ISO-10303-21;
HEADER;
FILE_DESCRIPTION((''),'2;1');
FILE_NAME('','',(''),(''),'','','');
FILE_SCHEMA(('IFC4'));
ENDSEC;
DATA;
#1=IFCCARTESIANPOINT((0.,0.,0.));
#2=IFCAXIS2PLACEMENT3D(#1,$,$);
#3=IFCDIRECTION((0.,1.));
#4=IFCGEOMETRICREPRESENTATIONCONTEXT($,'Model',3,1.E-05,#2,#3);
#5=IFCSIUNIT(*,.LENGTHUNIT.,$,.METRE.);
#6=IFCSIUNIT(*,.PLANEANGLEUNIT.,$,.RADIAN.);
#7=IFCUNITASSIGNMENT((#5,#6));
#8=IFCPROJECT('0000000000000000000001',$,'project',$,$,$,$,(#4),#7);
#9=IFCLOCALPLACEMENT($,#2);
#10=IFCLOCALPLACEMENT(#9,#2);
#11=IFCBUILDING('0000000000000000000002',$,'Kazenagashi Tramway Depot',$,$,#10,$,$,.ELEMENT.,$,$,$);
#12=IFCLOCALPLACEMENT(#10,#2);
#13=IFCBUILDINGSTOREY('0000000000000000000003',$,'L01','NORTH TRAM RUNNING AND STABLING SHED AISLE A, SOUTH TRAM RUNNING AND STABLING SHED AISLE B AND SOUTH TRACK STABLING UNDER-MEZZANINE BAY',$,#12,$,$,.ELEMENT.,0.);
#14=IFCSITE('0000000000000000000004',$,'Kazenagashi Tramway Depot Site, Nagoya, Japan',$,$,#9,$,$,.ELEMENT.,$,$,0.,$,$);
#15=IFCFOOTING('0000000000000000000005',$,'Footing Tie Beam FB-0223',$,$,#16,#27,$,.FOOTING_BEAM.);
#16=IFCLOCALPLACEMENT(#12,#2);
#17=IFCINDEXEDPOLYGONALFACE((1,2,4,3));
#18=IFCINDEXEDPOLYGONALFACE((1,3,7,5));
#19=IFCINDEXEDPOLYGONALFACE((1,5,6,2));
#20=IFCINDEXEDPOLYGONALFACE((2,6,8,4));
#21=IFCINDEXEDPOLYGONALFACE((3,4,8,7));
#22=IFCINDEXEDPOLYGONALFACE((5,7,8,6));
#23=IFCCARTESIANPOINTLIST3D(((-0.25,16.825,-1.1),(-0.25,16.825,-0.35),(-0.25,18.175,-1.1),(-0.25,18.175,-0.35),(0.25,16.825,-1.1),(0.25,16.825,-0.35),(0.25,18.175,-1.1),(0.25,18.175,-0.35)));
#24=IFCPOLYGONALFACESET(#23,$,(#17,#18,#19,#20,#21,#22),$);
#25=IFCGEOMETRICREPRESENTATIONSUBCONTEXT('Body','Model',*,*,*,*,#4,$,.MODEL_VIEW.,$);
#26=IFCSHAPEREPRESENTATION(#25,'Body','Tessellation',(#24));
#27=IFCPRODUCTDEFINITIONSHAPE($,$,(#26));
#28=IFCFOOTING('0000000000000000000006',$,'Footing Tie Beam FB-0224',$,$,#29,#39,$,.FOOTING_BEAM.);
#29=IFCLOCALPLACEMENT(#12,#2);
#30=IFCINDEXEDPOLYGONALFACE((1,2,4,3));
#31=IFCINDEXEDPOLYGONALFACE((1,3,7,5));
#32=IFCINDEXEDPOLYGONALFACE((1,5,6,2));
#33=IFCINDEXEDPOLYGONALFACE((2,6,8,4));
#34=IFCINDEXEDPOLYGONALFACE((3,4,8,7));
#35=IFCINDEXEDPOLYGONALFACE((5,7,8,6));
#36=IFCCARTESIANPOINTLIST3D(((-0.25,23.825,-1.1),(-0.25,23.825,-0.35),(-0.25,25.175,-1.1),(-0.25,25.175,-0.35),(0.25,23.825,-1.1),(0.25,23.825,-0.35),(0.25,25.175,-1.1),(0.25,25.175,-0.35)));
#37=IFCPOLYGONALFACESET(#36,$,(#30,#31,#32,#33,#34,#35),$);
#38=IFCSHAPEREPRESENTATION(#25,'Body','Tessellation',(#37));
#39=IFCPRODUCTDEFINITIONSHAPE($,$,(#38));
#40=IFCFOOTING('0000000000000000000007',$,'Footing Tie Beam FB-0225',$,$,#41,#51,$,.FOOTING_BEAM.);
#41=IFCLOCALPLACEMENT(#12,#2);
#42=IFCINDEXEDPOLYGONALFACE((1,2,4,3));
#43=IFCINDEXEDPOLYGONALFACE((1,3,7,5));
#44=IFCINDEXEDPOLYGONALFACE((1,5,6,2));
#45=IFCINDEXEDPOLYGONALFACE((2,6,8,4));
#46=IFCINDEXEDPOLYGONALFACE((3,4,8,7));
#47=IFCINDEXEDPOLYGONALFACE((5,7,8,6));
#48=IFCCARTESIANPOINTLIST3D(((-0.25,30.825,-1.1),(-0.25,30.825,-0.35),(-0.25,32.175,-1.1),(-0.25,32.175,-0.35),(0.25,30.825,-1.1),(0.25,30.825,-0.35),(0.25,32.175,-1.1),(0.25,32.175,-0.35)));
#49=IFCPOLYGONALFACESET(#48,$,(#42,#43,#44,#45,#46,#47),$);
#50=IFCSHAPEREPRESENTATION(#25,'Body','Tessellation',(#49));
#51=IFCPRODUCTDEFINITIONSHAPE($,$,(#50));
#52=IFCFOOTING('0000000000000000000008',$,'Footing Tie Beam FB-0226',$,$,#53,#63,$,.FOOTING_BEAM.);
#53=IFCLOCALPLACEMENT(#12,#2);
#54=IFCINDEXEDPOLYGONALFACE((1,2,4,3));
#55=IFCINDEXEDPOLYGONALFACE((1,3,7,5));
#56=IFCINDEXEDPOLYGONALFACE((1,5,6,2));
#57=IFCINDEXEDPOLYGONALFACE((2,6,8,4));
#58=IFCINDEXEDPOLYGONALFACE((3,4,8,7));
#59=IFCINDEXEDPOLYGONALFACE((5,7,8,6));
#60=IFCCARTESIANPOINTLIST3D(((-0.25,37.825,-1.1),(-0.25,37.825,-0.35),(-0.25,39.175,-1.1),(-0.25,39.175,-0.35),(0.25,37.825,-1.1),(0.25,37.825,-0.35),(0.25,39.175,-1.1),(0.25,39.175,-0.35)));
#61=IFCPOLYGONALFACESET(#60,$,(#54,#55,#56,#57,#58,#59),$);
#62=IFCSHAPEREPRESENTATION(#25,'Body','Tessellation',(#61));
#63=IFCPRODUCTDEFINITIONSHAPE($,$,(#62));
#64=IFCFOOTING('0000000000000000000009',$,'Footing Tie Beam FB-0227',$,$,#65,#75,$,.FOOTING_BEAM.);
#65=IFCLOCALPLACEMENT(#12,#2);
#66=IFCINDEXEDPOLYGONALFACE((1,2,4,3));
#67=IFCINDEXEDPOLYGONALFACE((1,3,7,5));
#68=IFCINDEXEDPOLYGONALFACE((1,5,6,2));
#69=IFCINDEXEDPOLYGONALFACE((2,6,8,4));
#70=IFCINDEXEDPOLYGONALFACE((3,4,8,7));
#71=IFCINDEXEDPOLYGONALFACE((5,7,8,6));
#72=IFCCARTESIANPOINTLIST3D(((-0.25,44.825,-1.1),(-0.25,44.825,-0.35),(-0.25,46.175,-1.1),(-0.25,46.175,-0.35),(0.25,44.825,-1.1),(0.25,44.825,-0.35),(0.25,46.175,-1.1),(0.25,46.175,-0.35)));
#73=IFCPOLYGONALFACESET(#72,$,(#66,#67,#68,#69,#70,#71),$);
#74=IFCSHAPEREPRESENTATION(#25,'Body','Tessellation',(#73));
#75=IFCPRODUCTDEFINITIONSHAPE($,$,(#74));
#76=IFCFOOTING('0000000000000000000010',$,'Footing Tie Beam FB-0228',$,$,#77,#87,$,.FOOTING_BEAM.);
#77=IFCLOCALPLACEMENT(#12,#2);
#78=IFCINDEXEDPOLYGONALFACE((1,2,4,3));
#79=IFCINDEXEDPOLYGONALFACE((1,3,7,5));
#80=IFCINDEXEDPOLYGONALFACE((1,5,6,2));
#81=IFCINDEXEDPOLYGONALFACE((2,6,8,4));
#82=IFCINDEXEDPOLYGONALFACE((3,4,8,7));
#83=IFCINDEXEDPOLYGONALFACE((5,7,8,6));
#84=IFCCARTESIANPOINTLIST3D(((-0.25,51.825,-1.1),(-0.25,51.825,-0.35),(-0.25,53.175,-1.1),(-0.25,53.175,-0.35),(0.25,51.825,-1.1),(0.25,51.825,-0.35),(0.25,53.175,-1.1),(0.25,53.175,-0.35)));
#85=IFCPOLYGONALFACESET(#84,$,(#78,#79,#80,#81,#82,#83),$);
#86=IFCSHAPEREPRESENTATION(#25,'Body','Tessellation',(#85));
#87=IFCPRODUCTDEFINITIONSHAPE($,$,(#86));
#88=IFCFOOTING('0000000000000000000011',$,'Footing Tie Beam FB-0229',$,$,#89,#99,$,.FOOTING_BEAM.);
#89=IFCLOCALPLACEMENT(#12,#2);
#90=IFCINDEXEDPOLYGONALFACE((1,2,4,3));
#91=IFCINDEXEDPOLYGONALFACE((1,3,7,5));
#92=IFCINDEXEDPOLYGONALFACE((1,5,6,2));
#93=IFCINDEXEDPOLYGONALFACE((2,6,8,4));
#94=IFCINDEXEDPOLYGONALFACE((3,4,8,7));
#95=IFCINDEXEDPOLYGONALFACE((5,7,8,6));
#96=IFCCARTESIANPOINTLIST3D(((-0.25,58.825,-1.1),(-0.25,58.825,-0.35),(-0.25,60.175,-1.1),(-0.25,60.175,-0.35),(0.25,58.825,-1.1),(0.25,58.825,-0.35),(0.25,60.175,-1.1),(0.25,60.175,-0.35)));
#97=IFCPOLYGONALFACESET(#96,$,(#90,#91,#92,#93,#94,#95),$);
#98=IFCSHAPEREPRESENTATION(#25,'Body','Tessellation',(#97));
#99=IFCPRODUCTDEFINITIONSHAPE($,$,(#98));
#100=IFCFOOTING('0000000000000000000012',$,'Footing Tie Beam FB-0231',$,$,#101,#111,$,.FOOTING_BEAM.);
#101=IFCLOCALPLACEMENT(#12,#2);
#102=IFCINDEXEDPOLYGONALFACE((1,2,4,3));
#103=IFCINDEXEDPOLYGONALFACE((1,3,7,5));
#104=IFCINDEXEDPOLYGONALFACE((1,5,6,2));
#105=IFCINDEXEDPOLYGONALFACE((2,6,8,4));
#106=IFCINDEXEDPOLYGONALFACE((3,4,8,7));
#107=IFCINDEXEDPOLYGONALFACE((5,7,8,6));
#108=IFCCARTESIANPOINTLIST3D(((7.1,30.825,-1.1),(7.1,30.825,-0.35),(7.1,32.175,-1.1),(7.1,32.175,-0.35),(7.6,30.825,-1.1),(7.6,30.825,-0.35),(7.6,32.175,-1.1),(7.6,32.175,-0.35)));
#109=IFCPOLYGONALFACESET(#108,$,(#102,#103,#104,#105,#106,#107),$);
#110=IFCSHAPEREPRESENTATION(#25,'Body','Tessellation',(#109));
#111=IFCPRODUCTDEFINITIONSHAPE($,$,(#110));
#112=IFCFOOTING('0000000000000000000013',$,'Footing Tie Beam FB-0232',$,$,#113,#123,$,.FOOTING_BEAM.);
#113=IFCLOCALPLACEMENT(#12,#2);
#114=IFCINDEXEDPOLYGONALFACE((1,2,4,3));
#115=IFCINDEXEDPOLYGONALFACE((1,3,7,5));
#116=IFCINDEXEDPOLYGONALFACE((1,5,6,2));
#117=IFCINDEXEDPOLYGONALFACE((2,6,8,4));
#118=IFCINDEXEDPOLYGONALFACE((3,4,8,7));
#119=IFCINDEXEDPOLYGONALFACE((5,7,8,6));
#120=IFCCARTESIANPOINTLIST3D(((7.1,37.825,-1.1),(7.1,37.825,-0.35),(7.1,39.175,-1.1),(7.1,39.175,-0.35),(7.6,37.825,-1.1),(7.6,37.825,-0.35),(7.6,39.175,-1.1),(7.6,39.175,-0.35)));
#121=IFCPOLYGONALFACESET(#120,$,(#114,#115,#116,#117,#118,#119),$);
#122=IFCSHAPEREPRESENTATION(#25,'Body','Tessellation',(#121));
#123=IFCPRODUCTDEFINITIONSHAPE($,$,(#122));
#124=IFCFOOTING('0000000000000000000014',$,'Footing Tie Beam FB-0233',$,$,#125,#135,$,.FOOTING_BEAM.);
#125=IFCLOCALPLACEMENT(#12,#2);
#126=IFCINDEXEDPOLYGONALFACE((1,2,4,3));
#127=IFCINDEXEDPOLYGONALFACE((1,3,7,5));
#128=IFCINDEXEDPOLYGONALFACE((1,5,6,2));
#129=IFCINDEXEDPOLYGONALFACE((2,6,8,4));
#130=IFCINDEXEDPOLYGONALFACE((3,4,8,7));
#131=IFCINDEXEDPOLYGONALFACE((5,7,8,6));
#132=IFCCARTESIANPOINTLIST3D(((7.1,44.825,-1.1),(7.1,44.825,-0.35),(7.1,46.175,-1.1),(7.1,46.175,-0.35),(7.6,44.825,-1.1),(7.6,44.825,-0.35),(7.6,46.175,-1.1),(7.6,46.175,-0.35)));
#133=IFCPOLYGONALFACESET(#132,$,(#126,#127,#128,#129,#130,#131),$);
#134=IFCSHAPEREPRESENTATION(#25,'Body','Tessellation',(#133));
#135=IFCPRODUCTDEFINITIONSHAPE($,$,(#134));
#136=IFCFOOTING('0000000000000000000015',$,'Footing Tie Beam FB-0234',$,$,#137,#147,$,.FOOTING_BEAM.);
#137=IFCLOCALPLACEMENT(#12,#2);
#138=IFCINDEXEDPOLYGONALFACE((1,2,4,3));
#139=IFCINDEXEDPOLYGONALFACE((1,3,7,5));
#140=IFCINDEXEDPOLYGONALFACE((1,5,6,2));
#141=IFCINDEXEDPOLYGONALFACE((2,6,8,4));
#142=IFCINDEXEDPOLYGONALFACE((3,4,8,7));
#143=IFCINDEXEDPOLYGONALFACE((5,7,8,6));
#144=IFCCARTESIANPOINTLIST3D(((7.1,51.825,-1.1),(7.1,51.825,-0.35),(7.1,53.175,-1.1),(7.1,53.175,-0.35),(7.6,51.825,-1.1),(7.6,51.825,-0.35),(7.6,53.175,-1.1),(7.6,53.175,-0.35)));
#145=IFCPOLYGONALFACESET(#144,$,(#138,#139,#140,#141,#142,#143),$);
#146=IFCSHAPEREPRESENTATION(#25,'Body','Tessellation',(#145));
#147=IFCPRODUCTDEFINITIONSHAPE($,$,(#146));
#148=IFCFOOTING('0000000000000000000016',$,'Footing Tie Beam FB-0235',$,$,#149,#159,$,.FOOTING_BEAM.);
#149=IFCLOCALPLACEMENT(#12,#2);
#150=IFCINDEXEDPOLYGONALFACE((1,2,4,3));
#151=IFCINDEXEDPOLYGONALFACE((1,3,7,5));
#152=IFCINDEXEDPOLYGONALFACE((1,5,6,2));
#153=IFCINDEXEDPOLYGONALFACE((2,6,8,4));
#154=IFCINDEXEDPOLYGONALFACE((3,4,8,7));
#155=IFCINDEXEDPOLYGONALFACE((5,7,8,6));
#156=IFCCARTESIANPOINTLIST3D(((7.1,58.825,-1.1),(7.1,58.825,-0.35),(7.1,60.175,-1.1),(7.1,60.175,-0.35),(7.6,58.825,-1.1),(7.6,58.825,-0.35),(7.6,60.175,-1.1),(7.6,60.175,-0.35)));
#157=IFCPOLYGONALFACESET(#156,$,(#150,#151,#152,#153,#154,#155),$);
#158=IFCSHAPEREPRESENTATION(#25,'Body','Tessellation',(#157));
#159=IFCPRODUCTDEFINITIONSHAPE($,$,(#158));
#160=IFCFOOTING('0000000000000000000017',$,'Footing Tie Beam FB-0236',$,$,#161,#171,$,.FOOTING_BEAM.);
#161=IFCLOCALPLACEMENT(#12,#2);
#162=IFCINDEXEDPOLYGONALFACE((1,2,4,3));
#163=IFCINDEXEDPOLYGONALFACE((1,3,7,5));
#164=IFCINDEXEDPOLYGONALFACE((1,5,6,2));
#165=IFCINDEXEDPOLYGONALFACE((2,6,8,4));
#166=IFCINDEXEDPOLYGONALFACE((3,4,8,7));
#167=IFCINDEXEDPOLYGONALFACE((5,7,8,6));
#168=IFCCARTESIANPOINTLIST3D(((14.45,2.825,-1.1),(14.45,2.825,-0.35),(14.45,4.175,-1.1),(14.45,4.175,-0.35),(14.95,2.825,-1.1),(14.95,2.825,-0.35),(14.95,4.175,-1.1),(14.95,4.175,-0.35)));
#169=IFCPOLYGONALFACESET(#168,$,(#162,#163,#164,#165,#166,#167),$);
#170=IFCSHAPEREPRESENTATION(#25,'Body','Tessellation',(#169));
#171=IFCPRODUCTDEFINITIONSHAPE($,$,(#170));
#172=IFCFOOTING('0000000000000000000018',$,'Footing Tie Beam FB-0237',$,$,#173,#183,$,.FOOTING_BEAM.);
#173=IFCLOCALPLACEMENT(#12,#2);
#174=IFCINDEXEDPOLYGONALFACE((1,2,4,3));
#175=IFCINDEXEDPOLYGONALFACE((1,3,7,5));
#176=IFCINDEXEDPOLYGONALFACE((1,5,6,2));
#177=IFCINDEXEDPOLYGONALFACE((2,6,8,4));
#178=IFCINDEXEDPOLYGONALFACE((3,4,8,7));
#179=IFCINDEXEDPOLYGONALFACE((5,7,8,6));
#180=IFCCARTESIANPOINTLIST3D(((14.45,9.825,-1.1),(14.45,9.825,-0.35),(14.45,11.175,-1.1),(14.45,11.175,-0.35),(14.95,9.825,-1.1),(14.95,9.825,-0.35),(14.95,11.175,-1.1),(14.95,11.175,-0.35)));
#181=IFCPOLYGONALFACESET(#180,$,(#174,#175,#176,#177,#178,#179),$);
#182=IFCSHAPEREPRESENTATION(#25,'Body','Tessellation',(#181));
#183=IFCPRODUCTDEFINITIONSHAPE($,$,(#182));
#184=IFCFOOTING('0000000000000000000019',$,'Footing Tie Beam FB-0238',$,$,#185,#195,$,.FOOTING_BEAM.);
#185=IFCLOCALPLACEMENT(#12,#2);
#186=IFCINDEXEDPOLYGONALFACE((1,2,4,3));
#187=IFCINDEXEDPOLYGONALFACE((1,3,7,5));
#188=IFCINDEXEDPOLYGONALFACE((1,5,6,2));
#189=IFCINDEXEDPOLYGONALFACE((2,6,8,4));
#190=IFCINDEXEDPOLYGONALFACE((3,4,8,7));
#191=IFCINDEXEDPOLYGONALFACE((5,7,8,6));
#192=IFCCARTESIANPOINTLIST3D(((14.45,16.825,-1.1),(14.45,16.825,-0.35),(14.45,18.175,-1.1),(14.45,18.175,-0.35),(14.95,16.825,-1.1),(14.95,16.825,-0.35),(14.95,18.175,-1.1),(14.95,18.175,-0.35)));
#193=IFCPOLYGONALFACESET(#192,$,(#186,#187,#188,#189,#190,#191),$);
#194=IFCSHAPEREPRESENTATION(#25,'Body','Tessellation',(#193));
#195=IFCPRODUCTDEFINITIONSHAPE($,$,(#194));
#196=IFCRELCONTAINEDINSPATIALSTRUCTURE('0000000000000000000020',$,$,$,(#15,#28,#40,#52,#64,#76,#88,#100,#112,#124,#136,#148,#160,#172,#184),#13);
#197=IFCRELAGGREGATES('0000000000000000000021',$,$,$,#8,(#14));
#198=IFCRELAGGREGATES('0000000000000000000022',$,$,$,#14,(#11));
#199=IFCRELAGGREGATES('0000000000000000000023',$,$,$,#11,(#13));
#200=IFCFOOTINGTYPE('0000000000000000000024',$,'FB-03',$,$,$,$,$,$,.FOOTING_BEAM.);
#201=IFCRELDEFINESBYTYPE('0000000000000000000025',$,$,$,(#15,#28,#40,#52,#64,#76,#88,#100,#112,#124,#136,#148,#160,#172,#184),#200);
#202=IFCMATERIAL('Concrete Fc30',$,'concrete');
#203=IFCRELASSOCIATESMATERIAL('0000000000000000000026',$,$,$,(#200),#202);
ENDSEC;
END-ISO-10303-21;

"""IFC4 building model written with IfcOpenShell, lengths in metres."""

from ifc_helpers import new_model, si_unit, direction, frame, origin, place, context, subcontext, project, spatial, polyline, outline, extrude, material, type_object, element, save


model = new_model("IFC4")

# Units and contexts
model_context = context("Model", 3, precision=1e-05, world=origin(), true_north=direction((0.0, 1.0)))
body_context = subcontext(model_context, "Body", "Model", "MODEL_VIEW")
ifc_project = project(units=[si_unit("LENGTHUNIT", "METRE"), si_unit("PLANEANGLEUNIT", "RADIAN")], contexts=[model_context])

# Site, building, storey
site_placement = place(None, origin())
site = spatial("IfcSite", under=ifc_project, at=site_placement, Name="Kazenagashi Tramway Depot Site, Nagoya, Japan", CompositionType="ELEMENT", RefElevation=0.0)
building_placement = place(site_placement, origin())
building = spatial("IfcBuilding", under=site, at=building_placement, Name="Kazenagashi Tramway Depot", CompositionType="ELEMENT")
storey_placement = place(building_placement, origin())
storey = spatial("IfcBuildingStorey", under=building, at=storey_placement, Name="L01", Description="NORTH TRAM RUNNING AND STABLING SHED AISLE A, SOUTH TRAM RUNNING AND STABLING SHED AISLE B AND SOUTH TRACK STABLING UNDER-MEZZANINE BAY", CompositionType="ELEMENT", Elevation=0.0)

# Footings
ifc_material = material(Name="Concrete Fc30", Category="concrete")
footing_type_1 = type_object("IfcFootingType", Name="FB-03", PredefinedType="FOOTING_BEAM", material=ifc_material)
footing_1_placement = place(storey_placement, frame((0.0, 0.0, -1.1)))
element("IfcFooting", 1, at=footing_1_placement, inside=storey, type_object=footing_type_1, Name="Footing Tie Beam FB-0223", PredefinedType="FOOTING_BEAM", context=body_context, shape_type="SweptSolid", body=[
    extrude(outline(polyline([(-0.25, 16.825), (0.25, 16.825), (0.25, 18.175), (-0.25, 18.175), (-0.25, 16.825)])), origin(), (0.0, 0.0, 1.0), 0.75),
])
footing_2_placement = place(storey_placement, frame((0.0, 0.0, -1.1)))
element("IfcFooting", 2, at=footing_2_placement, inside=storey, type_object=footing_type_1, Name="Footing Tie Beam FB-0224", PredefinedType="FOOTING_BEAM", context=body_context, shape_type="SweptSolid", body=[
    extrude(outline(polyline([(-0.25, 23.825), (0.25, 23.825), (0.25, 25.175), (-0.25, 25.175), (-0.25, 23.825)])), origin(), (0.0, 0.0, 1.0), 0.75),
])
footing_3_placement = place(storey_placement, frame((0.0, 0.0, -1.1)))
element("IfcFooting", 3, at=footing_3_placement, inside=storey, type_object=footing_type_1, Name="Footing Tie Beam FB-0225", PredefinedType="FOOTING_BEAM", context=body_context, shape_type="SweptSolid", body=[
    extrude(outline(polyline([(-0.25, 30.825), (0.25, 30.825), (0.25, 32.175), (-0.25, 32.175), (-0.25, 30.825)])), origin(), (0.0, 0.0, 1.0), 0.75),
])
footing_4_placement = place(storey_placement, frame((0.0, 0.0, -1.1)))
element("IfcFooting", 4, at=footing_4_placement, inside=storey, type_object=footing_type_1, Name="Footing Tie Beam FB-0226", PredefinedType="FOOTING_BEAM", context=body_context, shape_type="SweptSolid", body=[
    extrude(outline(polyline([(-0.25, 37.825), (0.25, 37.825), (0.25, 39.175), (-0.25, 39.175), (-0.25, 37.825)])), origin(), (0.0, 0.0, 1.0), 0.75),
])
footing_5_placement = place(storey_placement, frame((0.0, 0.0, -1.1)))
element("IfcFooting", 5, at=footing_5_placement, inside=storey, type_object=footing_type_1, Name="Footing Tie Beam FB-0227", PredefinedType="FOOTING_BEAM", context=body_context, shape_type="SweptSolid", body=[
    extrude(outline(polyline([(-0.25, 44.825), (0.25, 44.825), (0.25, 46.175), (-0.25, 46.175), (-0.25, 44.825)])), origin(), (0.0, 0.0, 1.0), 0.75),
])
footing_6_placement = place(storey_placement, frame((0.0, 0.0, -1.1)))
element("IfcFooting", 6, at=footing_6_placement, inside=storey, type_object=footing_type_1, Name="Footing Tie Beam FB-0228", PredefinedType="FOOTING_BEAM", context=body_context, shape_type="SweptSolid", body=[
    extrude(outline(polyline([(-0.25, 51.825), (0.25, 51.825), (0.25, 53.175), (-0.25, 53.175), (-0.25, 51.825)])), origin(), (0.0, 0.0, 1.0), 0.75),
])
footing_7_placement = place(storey_placement, frame((0.0, 0.0, -1.1)))
element("IfcFooting", 7, at=footing_7_placement, inside=storey, type_object=footing_type_1, Name="Footing Tie Beam FB-0229", PredefinedType="FOOTING_BEAM", context=body_context, shape_type="SweptSolid", body=[
    extrude(outline(polyline([(-0.25, 58.825), (0.25, 58.825), (0.25, 60.175), (-0.25, 60.175), (-0.25, 58.825)])), origin(), (0.0, 0.0, 1.0), 0.75),
])
footing_8_placement = place(storey_placement, frame((0.0, 0.0, -1.1)))
element("IfcFooting", 8, at=footing_8_placement, inside=storey, type_object=footing_type_1, Name="Footing Tie Beam FB-0231", PredefinedType="FOOTING_BEAM", context=body_context, shape_type="SweptSolid", body=[
    extrude(outline(polyline([(7.1, 30.825), (7.6, 30.825), (7.6, 32.175), (7.1, 32.175), (7.1, 30.825)])), origin(), (0.0, 0.0, 1.0), 0.75),
])
footing_9_placement = place(storey_placement, frame((0.0, 0.0, -1.1)))
element("IfcFooting", 9, at=footing_9_placement, inside=storey, type_object=footing_type_1, Name="Footing Tie Beam FB-0232", PredefinedType="FOOTING_BEAM", context=body_context, shape_type="SweptSolid", body=[
    extrude(outline(polyline([(7.1, 37.825), (7.6, 37.825), (7.6, 39.175), (7.1, 39.175), (7.1, 37.825)])), origin(), (0.0, 0.0, 1.0), 0.75),
])
footing_10_placement = place(storey_placement, frame((0.0, 0.0, -1.1)))
element("IfcFooting", 10, at=footing_10_placement, inside=storey, type_object=footing_type_1, Name="Footing Tie Beam FB-0233", PredefinedType="FOOTING_BEAM", context=body_context, shape_type="SweptSolid", body=[
    extrude(outline(polyline([(7.1, 44.825), (7.6, 44.825), (7.6, 46.175), (7.1, 46.175), (7.1, 44.825)])), origin(), (0.0, 0.0, 1.0), 0.75),
])
footing_11_placement = place(storey_placement, frame((0.0, 0.0, -1.1)))
element("IfcFooting", 11, at=footing_11_placement, inside=storey, type_object=footing_type_1, Name="Footing Tie Beam FB-0234", PredefinedType="FOOTING_BEAM", context=body_context, shape_type="SweptSolid", body=[
    extrude(outline(polyline([(7.1, 51.825), (7.6, 51.825), (7.6, 53.175), (7.1, 53.175), (7.1, 51.825)])), origin(), (0.0, 0.0, 1.0), 0.75),
])
footing_12_placement = place(storey_placement, frame((0.0, 0.0, -1.1)))
element("IfcFooting", 12, at=footing_12_placement, inside=storey, type_object=footing_type_1, Name="Footing Tie Beam FB-0235", PredefinedType="FOOTING_BEAM", context=body_context, shape_type="SweptSolid", body=[
    extrude(outline(polyline([(7.1, 58.825), (7.6, 58.825), (7.6, 60.175), (7.1, 60.175), (7.1, 58.825)])), origin(), (0.0, 0.0, 1.0), 0.75),
])
footing_13_placement = place(storey_placement, frame((0.0, 0.0, -1.1)))
element("IfcFooting", 13, at=footing_13_placement, inside=storey, type_object=footing_type_1, Name="Footing Tie Beam FB-0236", PredefinedType="FOOTING_BEAM", context=body_context, shape_type="SweptSolid", body=[
    extrude(outline(polyline([(14.45, 2.825), (14.95, 2.825), (14.95, 4.175), (14.45, 4.175), (14.45, 2.825)])), origin(), (0.0, 0.0, 1.0), 0.75),
])
footing_14_placement = place(storey_placement, frame((0.0, 0.0, -1.1)))
element("IfcFooting", 14, at=footing_14_placement, inside=storey, type_object=footing_type_1, Name="Footing Tie Beam FB-0237", PredefinedType="FOOTING_BEAM", context=body_context, shape_type="SweptSolid", body=[
    extrude(outline(polyline([(14.45, 9.825), (14.95, 9.825), (14.95, 11.175), (14.45, 11.175), (14.45, 9.825)])), origin(), (0.0, 0.0, 1.0), 0.75),
])
footing_15_placement = place(storey_placement, frame((0.0, 0.0, -1.1)))
element("IfcFooting", 15, at=footing_15_placement, inside=storey, type_object=footing_type_1, Name="Footing Tie Beam FB-0238", PredefinedType="FOOTING_BEAM", context=body_context, shape_type="SweptSolid", body=[
    extrude(outline(polyline([(14.45, 16.825), (14.95, 16.825), (14.95, 18.175), (14.45, 18.175), (14.45, 16.825)])), origin(), (0.0, 0.0, 1.0), 0.75),
])

save(model, "model.ifc")
